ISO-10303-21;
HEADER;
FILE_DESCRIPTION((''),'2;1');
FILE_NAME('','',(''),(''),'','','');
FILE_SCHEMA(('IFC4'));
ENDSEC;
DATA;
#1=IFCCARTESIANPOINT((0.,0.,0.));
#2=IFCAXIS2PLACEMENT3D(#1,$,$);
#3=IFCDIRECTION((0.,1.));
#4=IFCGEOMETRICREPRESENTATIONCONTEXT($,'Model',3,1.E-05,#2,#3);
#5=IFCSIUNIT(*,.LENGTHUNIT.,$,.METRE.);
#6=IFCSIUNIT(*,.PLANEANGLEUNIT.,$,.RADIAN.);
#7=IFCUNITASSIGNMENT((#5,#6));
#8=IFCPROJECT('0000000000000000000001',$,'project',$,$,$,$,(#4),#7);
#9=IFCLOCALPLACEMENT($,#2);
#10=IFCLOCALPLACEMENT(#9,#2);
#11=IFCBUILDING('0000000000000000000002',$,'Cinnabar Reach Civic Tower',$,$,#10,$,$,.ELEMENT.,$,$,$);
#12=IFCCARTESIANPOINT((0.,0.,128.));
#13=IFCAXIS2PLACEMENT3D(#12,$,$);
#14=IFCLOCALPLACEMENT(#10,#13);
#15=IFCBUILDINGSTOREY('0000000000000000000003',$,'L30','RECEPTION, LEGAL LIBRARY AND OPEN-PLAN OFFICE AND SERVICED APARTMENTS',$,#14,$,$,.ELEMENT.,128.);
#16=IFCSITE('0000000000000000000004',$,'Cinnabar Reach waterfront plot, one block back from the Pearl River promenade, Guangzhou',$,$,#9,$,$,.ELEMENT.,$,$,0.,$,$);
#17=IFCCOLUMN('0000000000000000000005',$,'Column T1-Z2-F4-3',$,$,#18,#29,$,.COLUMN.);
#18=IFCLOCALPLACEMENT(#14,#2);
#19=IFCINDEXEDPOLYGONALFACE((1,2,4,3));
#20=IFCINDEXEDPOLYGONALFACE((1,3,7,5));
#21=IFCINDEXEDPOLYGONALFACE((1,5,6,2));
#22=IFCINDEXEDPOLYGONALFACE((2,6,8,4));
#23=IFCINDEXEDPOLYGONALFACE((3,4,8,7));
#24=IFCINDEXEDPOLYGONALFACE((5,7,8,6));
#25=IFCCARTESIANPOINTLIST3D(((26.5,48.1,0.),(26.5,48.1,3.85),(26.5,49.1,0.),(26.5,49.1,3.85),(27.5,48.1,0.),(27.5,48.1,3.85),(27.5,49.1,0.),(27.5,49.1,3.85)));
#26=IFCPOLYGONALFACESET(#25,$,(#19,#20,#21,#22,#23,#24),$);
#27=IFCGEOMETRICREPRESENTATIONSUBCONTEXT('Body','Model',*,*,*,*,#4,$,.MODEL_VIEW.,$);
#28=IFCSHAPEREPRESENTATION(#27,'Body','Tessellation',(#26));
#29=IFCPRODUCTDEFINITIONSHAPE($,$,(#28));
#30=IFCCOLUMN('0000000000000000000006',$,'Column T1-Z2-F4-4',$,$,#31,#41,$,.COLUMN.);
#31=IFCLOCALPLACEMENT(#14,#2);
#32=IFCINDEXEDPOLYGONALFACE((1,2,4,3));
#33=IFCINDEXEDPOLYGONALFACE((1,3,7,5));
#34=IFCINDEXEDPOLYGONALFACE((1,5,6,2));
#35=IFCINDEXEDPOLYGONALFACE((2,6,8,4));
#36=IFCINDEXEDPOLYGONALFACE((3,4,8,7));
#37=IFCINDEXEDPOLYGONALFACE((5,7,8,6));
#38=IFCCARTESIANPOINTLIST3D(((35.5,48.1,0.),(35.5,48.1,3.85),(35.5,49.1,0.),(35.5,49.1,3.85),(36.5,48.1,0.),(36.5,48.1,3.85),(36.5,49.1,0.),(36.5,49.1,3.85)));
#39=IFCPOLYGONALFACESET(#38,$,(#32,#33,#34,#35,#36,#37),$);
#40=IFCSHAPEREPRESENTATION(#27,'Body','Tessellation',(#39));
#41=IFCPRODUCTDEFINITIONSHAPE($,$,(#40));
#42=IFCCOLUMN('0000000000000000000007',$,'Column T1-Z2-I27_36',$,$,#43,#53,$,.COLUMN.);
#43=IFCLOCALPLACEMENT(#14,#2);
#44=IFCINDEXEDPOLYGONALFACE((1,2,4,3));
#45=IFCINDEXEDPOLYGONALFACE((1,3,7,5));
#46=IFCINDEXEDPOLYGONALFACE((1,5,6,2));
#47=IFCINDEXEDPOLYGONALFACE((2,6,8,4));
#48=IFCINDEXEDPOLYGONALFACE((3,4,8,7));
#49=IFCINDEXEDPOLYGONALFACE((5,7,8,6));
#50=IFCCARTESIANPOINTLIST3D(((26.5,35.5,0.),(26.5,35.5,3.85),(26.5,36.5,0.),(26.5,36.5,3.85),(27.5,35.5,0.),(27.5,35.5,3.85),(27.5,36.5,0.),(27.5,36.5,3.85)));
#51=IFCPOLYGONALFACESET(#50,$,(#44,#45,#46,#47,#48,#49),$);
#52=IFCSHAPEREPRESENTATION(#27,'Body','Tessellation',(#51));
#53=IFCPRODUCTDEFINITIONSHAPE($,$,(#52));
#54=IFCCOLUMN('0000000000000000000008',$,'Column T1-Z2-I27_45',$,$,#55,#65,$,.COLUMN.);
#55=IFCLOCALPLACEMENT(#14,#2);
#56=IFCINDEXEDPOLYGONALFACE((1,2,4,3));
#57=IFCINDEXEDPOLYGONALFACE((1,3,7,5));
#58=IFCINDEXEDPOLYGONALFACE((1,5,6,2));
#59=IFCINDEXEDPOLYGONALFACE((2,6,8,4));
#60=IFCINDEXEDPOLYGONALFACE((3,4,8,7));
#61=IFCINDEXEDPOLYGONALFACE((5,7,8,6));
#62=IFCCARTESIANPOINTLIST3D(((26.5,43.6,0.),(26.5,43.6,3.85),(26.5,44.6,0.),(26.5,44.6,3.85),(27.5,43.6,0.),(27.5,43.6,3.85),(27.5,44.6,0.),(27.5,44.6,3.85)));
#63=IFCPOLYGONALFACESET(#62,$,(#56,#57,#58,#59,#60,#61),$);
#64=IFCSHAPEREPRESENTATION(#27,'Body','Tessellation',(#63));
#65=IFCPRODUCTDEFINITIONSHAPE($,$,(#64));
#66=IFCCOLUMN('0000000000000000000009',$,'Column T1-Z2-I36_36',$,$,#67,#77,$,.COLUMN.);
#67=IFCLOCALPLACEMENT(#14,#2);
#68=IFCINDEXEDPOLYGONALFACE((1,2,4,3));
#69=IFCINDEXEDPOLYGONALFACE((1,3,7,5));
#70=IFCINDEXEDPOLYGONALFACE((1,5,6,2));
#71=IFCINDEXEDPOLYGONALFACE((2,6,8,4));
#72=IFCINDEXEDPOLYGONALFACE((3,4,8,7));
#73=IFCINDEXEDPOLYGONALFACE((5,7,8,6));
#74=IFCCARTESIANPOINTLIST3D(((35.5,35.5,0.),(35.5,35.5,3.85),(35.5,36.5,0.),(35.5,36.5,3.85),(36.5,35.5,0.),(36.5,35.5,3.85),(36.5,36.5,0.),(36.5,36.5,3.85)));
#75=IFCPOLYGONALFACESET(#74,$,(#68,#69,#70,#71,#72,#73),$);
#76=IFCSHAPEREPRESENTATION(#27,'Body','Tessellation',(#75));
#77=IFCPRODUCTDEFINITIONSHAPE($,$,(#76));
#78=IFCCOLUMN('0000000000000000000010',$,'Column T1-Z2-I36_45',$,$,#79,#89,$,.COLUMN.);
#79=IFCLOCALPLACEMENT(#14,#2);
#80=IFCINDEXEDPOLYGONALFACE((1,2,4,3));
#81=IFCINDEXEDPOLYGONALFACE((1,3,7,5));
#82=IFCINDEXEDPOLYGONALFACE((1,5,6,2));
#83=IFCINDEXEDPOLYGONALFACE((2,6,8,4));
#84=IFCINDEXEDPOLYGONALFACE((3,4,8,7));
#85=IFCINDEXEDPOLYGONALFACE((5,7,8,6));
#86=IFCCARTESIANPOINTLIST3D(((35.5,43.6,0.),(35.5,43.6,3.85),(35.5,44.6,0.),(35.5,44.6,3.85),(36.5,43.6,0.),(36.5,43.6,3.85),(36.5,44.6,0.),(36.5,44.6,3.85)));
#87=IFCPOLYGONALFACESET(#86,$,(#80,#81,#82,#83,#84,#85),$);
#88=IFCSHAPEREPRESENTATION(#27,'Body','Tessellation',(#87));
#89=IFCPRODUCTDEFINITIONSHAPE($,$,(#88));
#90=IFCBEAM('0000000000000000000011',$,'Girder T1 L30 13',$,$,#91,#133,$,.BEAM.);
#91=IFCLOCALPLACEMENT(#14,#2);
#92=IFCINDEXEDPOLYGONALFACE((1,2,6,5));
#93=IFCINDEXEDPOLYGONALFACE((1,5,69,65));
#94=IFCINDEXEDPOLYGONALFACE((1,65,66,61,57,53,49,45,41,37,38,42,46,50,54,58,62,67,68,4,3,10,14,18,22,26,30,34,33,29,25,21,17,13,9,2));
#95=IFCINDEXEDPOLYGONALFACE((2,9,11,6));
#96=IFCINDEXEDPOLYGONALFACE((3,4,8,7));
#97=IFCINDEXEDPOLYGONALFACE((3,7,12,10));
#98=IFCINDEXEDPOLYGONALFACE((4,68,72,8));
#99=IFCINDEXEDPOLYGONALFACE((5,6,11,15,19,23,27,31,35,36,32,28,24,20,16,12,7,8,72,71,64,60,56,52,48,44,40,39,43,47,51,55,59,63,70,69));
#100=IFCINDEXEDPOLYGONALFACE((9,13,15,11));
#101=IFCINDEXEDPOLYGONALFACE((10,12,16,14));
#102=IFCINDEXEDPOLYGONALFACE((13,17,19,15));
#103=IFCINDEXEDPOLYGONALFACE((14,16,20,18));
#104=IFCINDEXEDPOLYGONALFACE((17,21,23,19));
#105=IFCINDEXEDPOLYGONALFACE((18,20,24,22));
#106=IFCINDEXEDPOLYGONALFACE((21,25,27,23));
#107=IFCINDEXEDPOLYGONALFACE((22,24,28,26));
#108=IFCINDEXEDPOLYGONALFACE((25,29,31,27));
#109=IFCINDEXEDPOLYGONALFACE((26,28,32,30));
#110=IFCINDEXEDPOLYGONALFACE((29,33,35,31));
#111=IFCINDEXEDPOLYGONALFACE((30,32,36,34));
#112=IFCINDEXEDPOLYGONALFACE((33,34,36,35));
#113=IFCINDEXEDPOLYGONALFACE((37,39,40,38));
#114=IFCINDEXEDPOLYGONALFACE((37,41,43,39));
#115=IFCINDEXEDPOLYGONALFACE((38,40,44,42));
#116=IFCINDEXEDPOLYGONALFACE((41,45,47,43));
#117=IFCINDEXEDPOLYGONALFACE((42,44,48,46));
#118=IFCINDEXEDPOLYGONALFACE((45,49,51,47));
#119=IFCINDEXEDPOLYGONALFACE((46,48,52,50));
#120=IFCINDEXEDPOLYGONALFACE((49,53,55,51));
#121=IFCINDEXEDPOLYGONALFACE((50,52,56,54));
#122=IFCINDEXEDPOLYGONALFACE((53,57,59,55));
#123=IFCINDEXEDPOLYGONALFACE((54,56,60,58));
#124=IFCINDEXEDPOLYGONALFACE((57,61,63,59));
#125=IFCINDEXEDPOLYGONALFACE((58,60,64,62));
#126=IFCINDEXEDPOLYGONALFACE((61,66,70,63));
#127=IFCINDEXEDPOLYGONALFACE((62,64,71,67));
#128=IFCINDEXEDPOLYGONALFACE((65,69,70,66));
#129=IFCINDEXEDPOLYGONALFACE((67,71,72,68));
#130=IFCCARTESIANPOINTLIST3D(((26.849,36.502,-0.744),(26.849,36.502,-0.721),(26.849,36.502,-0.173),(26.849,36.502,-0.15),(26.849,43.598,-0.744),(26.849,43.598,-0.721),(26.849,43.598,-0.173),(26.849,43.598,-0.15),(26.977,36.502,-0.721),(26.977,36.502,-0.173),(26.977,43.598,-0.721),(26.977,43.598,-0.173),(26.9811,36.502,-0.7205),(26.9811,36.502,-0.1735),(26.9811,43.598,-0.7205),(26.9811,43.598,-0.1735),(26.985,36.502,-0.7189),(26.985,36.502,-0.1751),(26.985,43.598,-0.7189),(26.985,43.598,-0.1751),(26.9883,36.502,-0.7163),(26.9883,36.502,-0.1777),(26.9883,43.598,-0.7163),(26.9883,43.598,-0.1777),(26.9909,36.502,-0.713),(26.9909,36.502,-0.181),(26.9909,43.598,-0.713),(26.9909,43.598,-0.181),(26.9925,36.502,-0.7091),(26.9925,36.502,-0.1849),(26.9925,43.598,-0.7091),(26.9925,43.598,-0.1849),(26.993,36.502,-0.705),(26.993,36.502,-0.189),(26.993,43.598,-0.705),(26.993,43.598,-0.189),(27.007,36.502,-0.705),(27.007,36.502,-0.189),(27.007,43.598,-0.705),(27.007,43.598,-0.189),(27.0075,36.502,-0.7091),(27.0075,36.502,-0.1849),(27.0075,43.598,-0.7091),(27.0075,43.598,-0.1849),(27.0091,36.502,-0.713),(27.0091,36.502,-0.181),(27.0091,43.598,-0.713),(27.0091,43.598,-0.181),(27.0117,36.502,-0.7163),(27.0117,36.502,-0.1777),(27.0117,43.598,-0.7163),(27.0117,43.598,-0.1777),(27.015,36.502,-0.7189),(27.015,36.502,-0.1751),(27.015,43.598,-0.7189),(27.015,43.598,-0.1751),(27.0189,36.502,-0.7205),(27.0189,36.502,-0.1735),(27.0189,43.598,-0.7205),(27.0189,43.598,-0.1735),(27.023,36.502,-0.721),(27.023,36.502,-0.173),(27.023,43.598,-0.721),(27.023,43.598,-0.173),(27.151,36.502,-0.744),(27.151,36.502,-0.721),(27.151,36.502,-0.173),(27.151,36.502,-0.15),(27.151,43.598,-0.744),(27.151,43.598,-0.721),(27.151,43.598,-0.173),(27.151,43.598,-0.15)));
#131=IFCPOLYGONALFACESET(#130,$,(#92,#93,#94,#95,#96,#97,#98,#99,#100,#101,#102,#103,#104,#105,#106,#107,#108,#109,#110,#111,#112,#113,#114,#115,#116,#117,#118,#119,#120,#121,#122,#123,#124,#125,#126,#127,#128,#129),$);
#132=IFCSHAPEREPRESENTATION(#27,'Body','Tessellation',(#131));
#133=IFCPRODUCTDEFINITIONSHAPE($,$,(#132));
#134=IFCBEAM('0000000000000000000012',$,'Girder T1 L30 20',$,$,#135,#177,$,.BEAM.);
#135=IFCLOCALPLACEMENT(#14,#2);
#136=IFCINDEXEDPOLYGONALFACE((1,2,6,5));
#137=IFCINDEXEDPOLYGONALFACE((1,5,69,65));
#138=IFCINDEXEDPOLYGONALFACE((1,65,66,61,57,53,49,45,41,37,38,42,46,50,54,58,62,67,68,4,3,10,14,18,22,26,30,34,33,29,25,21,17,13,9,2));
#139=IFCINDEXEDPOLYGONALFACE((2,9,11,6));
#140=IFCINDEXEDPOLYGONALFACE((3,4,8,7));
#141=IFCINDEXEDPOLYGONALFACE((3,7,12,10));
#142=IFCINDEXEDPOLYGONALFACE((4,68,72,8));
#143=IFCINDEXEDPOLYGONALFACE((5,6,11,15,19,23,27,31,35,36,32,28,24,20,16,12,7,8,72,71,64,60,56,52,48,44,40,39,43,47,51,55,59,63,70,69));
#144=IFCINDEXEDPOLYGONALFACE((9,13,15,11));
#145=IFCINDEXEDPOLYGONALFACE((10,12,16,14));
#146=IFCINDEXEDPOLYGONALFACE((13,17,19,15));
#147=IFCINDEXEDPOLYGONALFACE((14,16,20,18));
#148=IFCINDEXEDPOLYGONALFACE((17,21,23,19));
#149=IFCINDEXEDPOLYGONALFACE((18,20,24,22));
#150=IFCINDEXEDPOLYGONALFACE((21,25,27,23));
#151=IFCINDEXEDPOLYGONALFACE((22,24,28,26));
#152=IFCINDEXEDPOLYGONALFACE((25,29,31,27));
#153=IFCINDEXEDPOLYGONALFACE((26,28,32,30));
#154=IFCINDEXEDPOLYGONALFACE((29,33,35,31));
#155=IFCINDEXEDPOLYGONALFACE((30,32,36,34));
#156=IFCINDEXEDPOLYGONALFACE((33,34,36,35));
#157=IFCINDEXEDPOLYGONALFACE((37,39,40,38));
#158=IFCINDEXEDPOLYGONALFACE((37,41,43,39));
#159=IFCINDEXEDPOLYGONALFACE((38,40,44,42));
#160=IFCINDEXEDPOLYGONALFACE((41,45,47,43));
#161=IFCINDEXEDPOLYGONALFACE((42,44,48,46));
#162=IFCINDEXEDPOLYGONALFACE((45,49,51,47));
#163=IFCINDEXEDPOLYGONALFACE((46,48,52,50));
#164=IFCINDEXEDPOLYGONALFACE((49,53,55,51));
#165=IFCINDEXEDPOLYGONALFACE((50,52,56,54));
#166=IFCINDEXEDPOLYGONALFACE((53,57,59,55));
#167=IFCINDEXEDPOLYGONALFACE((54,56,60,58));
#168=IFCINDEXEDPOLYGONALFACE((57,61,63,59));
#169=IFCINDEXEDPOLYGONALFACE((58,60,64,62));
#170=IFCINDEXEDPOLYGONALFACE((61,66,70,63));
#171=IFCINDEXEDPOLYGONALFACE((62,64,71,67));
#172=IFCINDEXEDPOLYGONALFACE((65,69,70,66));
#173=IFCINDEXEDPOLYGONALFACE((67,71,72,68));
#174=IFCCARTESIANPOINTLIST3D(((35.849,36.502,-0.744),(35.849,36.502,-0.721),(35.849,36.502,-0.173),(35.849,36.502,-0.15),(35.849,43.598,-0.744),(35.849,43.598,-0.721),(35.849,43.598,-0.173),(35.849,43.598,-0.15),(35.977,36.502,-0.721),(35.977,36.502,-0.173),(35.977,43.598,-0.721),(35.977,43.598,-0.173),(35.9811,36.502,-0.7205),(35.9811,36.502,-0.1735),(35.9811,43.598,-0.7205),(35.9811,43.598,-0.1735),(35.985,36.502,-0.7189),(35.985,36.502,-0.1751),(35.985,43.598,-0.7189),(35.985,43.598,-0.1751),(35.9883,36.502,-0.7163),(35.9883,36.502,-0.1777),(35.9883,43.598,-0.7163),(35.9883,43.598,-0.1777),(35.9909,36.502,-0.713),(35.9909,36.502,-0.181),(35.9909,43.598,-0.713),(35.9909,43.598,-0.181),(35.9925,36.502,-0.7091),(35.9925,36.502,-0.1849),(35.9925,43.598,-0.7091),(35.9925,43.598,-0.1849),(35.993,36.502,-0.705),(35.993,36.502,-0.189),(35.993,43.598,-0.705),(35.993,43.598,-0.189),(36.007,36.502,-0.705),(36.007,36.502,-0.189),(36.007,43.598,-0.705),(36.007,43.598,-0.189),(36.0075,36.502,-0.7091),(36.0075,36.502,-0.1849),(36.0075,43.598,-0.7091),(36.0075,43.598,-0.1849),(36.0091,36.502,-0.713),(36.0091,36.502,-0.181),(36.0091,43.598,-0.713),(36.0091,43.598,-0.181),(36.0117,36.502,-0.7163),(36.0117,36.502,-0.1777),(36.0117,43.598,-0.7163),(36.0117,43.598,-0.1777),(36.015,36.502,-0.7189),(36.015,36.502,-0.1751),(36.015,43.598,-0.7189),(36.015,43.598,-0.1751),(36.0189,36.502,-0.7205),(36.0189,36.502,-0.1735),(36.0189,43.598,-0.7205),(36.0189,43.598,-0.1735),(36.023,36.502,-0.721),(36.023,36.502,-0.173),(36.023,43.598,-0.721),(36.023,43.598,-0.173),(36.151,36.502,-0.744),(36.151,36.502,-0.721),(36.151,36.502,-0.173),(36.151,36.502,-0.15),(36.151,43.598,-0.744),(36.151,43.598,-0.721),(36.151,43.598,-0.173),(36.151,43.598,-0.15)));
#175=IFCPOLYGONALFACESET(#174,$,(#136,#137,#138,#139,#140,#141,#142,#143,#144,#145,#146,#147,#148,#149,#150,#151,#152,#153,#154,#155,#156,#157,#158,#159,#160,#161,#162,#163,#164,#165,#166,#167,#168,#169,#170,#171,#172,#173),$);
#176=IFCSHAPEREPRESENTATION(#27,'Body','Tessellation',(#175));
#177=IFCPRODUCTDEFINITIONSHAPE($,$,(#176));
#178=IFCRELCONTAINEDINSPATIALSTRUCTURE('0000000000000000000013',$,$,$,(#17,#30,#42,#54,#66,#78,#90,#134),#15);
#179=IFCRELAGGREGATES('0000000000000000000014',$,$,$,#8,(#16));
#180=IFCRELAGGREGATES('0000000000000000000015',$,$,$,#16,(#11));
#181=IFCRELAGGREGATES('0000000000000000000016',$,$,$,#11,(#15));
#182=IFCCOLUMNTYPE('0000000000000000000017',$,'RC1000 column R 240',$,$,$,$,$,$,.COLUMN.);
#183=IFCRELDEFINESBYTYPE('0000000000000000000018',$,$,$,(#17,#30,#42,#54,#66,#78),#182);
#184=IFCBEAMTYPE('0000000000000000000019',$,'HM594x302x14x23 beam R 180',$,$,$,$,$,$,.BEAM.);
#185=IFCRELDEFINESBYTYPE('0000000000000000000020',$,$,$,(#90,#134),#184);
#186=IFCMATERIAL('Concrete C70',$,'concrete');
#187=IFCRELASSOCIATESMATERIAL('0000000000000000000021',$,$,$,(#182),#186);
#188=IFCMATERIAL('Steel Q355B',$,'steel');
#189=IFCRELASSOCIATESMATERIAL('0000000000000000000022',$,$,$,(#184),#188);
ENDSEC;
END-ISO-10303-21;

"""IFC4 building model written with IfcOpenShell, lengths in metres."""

from ifc_helpers import new_model, si_unit, direction, frame, origin, origin_2d, place, context, subcontext, project, spatial, rectangle, i_section, extrude, material, material_profile, profile_set, type_object, element, save


model = new_model("IFC4")

# Units and contexts
model_context = context("Model", 3, precision=1e-05, world=origin(), true_north=direction((0.0, 1.0)))
body_context = subcontext(model_context, "Body", "Model", "MODEL_VIEW")
ifc_project = project(units=[si_unit("LENGTHUNIT", "METRE"), si_unit("PLANEANGLEUNIT", "RADIAN")], contexts=[model_context])

# Site, building, storey
site_placement = place(None, origin())
site = spatial("IfcSite", under=ifc_project, at=site_placement, Name="Cinnabar Reach waterfront plot, one block back from the Pearl River promenade, Guangzhou", CompositionType="ELEMENT", RefElevation=0.0)
building_placement = place(site_placement, origin())
building = spatial("IfcBuilding", under=site, at=building_placement, Name="Cinnabar Reach Civic Tower", CompositionType="ELEMENT")
storey_placement = place(building_placement, frame((0.0, 0.0, 128.0)))
storey = spatial("IfcBuildingStorey", under=building, at=storey_placement, Name="L30", Description="RECEPTION, LEGAL LIBRARY AND OPEN-PLAN OFFICE AND SERVICED APARTMENTS", CompositionType="ELEMENT", Elevation=128.0)

# Columns
ifc_material_1 = material(Name="Concrete C70", Category="concrete")
ifc_material_profile_1 = material_profile(ifc_material_1, rectangle(XDim=1.0, YDim=1.0, at=origin_2d()), Name="RC1000")
ifc_profile_set_1 = profile_set([ifc_material_profile_1], Name="Concrete C70")
column_type = type_object("IfcColumnType", Name="RC1000 column R 240", PredefinedType="COLUMN", material=ifc_profile_set_1)
for number, where, z_axis, x_axis, name in (
    (1, (27.0, 48.6, 0.0), (0.0, 0.0, 1.0), (1.0, 0.0, 0.0), "Column T1-Z2-F4-3"),
    (2, (36.0, 48.6, 0.0), (0.0, 0.0, 1.0), (1.0, 0.0, 0.0), "Column T1-Z2-F4-4"),
    (3, (27.0, 36.0, 0.0), (0.0, 0.0, 1.0), (1.0, 0.0, 0.0), "Column T1-Z2-I27_36"),
    (4, (27.0, 44.1, 0.0), (0.0, 0.0, 1.0), (1.0, 0.0, 0.0), "Column T1-Z2-I27_45"),
    (5, (36.0, 36.0, 0.0), (0.0, 0.0, 1.0), (1.0, 0.0, 0.0), "Column T1-Z2-I36_36"),
    (6, (36.0, 44.1, 0.0), (0.0, 0.0, 1.0), (1.0, 0.0, 0.0), "Column T1-Z2-I36_45"),
):
    element("IfcColumn", number, at=place(storey_placement, frame(where, z_axis=z_axis, x_axis=x_axis)), inside=storey, type_object=column_type, Name=name, PredefinedType="COLUMN", context=body_context, shape_type="SweptSolid", body=[
        extrude(rectangle(XDim=1.0, YDim=1.0, at=origin_2d()), origin(), (0.0, 0.0, 1.0), 3.85),
    ])

# Beams
ifc_material_2 = material(Name="Steel Q355B", Category="steel")
ifc_material_profile_2 = material_profile(ifc_material_2, i_section(OverallWidth=0.302, OverallDepth=0.594, WebThickness=0.014, FlangeThickness=0.023, FilletRadius=0.016, at=origin_2d()), Name="HM594x302x14x23")
ifc_profile_set_2 = profile_set([ifc_material_profile_2], Name="Steel Q355B")
beam_type_1 = type_object("IfcBeamType", Name="HM594x302x14x23 beam R 180", PredefinedType="BEAM", material=ifc_profile_set_2)
for number, where, z_axis, x_axis, name in (
    (7, (27.0, 36.502, -0.447), (0.0, 1.0, 0.0), (-1.0, 0.0, 0.0), "Girder T1 L30 13"),
    (8, (36.0, 36.502, -0.447), (0.0, 1.0, 0.0), (-1.0, 0.0, 0.0), "Girder T1 L30 20"),
):
    element("IfcBeam", number, at=place(storey_placement, frame(where, z_axis=z_axis, x_axis=x_axis)), inside=storey, type_object=beam_type_1, Name=name, PredefinedType="BEAM", context=body_context, shape_type="SweptSolid", body=[
        extrude(i_section(OverallWidth=0.302, OverallDepth=0.594, WebThickness=0.014, FlangeThickness=0.023, FilletRadius=0.016, at=origin_2d()), origin(), (0.0, 0.0, 1.0), 7.096),
    ])

save(model, "model.ifc")
